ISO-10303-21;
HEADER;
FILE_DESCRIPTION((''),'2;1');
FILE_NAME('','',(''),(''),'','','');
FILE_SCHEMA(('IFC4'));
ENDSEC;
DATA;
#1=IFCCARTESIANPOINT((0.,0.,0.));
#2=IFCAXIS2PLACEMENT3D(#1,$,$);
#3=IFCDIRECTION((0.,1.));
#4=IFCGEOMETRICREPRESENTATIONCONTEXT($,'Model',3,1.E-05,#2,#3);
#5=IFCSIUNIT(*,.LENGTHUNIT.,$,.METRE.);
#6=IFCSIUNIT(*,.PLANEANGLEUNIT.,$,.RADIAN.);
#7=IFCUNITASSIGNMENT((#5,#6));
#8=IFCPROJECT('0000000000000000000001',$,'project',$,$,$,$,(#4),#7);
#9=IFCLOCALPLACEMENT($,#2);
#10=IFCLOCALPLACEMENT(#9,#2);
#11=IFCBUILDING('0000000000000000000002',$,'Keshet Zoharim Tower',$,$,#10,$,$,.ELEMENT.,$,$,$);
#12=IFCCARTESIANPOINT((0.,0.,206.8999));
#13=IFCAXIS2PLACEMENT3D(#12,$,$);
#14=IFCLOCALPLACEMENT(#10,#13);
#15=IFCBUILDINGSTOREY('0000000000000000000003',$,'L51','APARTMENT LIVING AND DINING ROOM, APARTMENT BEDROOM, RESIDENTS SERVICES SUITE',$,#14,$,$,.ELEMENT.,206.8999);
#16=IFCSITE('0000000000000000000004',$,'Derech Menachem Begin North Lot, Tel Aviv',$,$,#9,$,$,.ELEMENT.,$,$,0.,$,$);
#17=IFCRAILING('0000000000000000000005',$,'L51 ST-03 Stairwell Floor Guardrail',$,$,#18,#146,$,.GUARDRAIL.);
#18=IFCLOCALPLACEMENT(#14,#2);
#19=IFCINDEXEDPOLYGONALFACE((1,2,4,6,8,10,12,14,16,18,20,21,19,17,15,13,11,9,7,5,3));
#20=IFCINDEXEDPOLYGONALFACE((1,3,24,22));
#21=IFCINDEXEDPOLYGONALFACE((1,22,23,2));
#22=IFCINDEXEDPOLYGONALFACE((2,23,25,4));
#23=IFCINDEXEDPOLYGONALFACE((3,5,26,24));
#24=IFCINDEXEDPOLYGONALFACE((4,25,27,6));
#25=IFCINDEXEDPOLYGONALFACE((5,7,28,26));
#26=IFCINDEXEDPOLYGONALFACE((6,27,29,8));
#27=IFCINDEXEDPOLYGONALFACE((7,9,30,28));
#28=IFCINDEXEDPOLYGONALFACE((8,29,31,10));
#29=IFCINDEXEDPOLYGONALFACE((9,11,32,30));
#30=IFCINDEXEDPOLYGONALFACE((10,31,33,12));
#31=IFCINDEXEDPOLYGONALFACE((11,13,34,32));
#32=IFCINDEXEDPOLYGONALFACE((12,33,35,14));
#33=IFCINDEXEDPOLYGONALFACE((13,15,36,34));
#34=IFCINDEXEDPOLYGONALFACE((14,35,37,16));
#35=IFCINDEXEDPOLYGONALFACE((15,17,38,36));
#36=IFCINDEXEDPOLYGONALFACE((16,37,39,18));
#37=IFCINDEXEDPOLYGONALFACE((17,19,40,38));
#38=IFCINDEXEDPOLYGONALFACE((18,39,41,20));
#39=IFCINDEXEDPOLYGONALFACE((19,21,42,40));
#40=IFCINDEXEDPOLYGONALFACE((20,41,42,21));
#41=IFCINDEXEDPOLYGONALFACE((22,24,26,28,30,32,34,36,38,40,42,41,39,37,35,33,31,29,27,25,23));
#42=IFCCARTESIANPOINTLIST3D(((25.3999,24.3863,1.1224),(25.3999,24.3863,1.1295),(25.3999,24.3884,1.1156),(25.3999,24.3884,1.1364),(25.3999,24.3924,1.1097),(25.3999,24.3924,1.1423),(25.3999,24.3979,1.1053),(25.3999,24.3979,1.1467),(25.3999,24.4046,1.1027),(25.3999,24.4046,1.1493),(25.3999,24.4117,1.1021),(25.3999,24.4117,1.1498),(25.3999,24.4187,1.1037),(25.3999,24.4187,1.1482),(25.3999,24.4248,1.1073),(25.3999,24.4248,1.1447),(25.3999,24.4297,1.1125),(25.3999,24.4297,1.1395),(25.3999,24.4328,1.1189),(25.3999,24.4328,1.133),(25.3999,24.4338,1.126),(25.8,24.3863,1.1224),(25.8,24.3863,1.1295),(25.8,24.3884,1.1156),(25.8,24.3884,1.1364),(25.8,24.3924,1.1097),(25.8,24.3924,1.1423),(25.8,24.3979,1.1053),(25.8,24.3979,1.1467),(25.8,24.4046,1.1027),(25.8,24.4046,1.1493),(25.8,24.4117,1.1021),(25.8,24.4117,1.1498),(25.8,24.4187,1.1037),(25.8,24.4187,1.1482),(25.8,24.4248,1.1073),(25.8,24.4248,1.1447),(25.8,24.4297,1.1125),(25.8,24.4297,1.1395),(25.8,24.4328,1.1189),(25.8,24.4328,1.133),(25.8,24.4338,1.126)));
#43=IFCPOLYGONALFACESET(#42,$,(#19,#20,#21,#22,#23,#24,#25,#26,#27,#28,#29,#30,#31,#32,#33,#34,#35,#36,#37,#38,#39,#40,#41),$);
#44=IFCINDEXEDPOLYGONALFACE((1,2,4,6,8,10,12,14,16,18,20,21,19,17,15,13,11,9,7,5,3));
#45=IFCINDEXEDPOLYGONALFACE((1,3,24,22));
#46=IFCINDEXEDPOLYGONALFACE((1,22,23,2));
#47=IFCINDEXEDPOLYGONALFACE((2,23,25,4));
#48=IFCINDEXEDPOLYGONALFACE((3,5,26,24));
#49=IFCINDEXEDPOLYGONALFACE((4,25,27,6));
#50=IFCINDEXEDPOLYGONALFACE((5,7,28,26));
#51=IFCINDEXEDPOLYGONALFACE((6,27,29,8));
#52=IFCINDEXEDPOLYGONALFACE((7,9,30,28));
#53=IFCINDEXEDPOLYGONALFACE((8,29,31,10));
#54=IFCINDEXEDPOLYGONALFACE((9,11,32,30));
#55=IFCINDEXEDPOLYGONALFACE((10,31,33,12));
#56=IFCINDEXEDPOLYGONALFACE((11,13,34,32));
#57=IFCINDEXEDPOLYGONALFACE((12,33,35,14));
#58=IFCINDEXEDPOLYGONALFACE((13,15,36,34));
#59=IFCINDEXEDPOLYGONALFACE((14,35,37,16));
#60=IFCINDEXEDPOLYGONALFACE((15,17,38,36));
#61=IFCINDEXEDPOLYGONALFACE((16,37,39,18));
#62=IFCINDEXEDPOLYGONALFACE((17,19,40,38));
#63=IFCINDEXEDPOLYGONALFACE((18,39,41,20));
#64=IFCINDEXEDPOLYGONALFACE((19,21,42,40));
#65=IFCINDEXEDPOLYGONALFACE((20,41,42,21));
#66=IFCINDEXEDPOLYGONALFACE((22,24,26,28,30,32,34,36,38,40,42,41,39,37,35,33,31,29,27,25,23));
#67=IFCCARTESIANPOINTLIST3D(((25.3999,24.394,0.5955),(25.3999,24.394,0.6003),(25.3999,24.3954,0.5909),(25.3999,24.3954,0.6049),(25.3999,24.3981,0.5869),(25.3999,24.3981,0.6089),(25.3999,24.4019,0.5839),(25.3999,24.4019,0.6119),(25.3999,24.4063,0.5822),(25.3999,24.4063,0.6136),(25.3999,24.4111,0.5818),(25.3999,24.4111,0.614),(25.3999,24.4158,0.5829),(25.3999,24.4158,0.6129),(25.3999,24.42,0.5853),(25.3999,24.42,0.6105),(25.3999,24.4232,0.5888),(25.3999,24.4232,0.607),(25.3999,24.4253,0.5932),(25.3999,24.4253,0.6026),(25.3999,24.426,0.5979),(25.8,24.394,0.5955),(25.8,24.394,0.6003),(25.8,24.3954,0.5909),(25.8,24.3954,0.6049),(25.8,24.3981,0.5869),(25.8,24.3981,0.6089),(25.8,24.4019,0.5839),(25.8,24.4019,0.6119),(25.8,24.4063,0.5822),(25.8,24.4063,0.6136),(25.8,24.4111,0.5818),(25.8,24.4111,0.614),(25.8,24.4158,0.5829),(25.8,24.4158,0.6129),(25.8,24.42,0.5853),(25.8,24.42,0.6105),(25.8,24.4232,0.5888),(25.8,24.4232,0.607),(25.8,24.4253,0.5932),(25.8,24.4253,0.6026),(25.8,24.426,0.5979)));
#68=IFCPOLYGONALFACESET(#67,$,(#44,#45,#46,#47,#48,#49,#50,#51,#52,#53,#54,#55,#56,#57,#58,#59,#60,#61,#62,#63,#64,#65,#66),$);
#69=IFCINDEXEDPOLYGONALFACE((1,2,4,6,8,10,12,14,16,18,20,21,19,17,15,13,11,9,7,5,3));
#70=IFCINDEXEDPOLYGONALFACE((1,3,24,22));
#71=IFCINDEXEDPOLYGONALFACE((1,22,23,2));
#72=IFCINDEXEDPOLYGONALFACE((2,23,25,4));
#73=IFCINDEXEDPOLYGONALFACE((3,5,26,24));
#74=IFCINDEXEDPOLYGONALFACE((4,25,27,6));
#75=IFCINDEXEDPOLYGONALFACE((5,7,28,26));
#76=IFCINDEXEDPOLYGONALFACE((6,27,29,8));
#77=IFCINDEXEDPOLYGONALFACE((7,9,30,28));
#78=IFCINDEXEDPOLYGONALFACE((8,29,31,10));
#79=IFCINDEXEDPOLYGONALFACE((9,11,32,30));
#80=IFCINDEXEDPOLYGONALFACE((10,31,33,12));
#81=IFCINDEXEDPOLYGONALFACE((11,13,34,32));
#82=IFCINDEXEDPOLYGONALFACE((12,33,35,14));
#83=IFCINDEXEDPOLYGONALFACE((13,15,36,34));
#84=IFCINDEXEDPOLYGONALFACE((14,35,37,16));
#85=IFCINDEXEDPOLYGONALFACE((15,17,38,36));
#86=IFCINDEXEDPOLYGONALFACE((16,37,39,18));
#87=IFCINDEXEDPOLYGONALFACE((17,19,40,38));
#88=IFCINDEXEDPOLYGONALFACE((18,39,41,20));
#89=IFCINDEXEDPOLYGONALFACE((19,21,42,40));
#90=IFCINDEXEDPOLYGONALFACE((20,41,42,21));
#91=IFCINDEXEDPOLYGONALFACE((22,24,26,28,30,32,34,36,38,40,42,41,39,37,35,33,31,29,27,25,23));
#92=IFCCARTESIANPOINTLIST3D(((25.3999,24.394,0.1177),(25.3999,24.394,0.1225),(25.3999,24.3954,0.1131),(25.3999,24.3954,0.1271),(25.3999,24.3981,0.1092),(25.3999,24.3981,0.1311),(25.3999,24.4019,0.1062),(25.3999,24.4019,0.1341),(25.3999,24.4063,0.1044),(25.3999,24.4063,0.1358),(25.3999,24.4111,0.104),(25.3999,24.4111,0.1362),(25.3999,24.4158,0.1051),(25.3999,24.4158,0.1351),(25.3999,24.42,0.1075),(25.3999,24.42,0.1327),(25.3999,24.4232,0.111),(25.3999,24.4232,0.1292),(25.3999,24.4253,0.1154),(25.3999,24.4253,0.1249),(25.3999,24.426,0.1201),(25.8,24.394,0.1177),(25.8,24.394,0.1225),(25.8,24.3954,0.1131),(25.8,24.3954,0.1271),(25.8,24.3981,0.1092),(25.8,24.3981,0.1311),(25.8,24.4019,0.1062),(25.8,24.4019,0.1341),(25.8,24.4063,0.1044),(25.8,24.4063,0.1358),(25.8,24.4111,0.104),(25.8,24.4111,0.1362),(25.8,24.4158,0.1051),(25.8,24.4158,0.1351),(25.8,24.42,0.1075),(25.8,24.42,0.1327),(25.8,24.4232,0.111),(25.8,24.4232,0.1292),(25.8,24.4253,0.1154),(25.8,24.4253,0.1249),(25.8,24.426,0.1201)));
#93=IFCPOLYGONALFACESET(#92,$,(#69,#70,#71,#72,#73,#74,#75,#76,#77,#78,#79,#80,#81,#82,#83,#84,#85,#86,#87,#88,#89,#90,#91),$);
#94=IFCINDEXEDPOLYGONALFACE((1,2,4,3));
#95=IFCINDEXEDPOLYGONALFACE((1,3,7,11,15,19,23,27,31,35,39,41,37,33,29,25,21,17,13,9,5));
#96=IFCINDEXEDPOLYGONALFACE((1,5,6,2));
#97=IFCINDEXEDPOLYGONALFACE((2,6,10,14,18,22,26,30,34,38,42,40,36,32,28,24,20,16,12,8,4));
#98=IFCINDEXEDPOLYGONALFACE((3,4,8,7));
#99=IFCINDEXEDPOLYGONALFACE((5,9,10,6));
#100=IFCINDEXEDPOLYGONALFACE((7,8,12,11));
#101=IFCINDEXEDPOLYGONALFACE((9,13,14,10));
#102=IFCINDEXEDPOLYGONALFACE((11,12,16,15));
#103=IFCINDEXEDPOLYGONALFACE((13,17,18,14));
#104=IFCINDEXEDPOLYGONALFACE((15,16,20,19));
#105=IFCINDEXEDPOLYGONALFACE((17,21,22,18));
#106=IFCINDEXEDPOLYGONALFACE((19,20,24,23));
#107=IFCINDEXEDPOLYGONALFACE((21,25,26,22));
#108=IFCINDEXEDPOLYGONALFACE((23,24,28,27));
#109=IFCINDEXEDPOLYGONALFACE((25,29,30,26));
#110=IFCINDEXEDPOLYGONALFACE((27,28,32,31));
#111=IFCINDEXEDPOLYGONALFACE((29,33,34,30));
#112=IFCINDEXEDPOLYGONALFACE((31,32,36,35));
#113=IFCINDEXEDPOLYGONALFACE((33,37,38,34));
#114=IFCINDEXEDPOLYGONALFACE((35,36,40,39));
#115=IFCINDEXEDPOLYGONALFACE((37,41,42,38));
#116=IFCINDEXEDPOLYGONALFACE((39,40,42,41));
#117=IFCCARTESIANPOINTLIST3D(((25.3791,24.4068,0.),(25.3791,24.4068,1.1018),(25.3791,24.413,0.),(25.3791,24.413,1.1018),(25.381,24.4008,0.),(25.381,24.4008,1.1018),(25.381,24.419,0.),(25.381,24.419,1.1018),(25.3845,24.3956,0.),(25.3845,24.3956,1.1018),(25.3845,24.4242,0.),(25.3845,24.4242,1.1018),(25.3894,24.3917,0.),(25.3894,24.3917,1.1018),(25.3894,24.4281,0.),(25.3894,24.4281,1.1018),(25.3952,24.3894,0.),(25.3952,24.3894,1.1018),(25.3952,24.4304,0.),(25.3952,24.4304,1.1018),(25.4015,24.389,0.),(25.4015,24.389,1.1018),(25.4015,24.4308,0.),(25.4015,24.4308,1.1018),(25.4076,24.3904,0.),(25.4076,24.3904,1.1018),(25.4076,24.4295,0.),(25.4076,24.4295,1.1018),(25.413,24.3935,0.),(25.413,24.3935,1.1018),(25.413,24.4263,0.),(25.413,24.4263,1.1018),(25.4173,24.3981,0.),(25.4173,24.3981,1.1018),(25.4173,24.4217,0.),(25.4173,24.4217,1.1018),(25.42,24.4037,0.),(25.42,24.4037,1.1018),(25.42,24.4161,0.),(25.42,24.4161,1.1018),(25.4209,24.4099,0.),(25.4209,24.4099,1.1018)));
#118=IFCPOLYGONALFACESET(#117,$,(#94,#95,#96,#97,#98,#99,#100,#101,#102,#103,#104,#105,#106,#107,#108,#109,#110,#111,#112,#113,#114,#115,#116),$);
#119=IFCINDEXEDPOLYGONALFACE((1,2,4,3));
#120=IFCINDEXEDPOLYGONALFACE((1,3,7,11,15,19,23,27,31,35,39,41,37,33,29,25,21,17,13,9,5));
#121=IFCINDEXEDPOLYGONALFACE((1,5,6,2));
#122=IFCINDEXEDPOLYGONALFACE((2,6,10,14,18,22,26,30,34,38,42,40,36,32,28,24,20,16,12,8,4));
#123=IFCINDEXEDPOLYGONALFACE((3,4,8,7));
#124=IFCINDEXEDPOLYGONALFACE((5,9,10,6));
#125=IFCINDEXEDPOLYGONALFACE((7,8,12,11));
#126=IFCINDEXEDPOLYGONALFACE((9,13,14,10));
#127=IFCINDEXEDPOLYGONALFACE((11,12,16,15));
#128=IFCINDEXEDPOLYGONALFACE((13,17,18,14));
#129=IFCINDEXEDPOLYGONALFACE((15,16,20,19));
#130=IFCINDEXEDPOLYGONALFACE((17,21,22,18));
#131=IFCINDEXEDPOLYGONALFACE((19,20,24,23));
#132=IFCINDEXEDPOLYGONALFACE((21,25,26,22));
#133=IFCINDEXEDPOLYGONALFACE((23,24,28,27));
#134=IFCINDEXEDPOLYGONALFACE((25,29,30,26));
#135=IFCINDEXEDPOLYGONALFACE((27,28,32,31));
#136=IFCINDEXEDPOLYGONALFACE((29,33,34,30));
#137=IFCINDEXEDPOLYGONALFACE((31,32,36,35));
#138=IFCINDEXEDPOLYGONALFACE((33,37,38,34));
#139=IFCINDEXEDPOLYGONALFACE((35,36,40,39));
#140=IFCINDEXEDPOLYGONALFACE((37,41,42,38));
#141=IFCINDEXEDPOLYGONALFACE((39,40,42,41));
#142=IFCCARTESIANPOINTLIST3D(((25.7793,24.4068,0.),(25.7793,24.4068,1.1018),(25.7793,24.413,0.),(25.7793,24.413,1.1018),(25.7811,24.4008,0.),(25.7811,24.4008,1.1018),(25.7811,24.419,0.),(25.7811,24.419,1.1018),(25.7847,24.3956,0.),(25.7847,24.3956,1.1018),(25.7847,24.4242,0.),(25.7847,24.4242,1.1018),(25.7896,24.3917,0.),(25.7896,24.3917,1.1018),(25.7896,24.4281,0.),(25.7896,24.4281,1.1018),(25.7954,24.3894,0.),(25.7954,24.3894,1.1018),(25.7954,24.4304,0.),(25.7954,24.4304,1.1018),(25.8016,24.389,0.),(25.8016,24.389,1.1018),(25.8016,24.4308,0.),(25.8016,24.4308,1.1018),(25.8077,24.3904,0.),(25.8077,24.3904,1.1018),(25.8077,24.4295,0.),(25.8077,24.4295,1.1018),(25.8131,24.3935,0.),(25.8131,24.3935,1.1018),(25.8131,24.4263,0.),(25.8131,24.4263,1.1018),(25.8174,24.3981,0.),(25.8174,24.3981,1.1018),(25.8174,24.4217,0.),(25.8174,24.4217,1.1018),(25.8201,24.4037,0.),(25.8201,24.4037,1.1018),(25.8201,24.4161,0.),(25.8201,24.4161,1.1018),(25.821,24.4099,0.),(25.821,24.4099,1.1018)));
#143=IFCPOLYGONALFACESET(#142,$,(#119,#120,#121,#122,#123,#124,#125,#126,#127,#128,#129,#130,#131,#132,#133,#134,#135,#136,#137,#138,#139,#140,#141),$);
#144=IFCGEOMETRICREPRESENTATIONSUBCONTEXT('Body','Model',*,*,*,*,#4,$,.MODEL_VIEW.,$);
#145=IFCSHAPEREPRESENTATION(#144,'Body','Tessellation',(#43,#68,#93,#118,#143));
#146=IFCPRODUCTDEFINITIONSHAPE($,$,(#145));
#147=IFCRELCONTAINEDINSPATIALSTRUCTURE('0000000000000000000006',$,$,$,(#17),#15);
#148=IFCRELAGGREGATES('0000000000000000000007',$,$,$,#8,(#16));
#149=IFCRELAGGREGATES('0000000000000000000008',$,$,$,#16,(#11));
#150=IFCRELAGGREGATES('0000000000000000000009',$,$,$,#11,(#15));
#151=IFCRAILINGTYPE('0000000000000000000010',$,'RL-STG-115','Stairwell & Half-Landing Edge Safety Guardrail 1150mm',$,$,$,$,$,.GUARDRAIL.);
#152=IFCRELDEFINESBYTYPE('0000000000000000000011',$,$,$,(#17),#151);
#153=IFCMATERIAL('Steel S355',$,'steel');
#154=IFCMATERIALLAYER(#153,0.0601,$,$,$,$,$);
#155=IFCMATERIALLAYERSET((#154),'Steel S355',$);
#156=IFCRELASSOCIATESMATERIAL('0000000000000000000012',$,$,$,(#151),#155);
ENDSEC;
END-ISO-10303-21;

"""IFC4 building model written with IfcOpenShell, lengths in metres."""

from ifc_helpers import new_model, si_unit, direction, frame, origin, origin_2d, place, context, subcontext, project, spatial, circle, extrude, material, layer, layer_set, type_object, element, save


model = new_model("IFC4")

# Units and contexts
model_context = context("Model", 3, precision=1e-05, world=origin(), true_north=direction((0.0, 1.0)))
body_context = subcontext(model_context, "Body", "Model", "MODEL_VIEW")
ifc_project = project(units=[si_unit("LENGTHUNIT", "METRE"), si_unit("PLANEANGLEUNIT", "RADIAN")], contexts=[model_context])

# Site, building, storey
site_placement = place(None, origin())
site = spatial("IfcSite", under=ifc_project, at=site_placement, Name="Derech Menachem Begin North Lot, Tel Aviv", CompositionType="ELEMENT", RefElevation=0.0)
building_placement = place(site_placement, origin())
building = spatial("IfcBuilding", under=site, at=building_placement, Name="Keshet Zoharim Tower", CompositionType="ELEMENT")
storey_placement = place(building_placement, frame((0.0, 0.0, 206.8999)))
storey = spatial("IfcBuildingStorey", under=building, at=storey_placement, Name="L51", Description="APARTMENT LIVING AND DINING ROOM, APARTMENT BEDROOM, RESIDENTS SERVICES SUITE", CompositionType="ELEMENT", Elevation=206.8999)

# Railing
ifc_material_1 = material(Name="Steel S355", Category="steel")
ifc_layer_1 = layer(ifc_material_1, 0.0601)
ifc_layer_set_1 = layer_set([ifc_layer_1], Name="Steel S355")
railing_type_1 = type_object("IfcRailingType", Name="RL-STG-115", Description="Stairwell & Half-Landing Edge Safety Guardrail 1150mm", PredefinedType="GUARDRAIL", material=ifc_layer_set_1)
railing_1_placement = place(storey_placement, frame((25.3999, 24.4099, 0.0)))
element("IfcRailing", 1, at=railing_1_placement, inside=storey, type_object=railing_type_1, Name="L51 ST-03 Stairwell Floor Guardrail", PredefinedType="GUARDRAIL", context=body_context, shape_type="SweptSolid", body=[
    extrude(circle(Radius=0.0239, at=origin_2d()), frame((0.0, 0.0, 1.126), z_axis=(1.0, 0.0, 0.0), x_axis=(0.0, 1.0, 0.0)), (0.0, 0.0, 1.0), 0.4001),
    extrude(circle(Radius=0.0161, at=origin_2d()), frame((0.0, 0.0, 0.5979), z_axis=(1.0, 0.0, 0.0), x_axis=(0.0, 1.0, 0.0)), (0.0, 0.0, 1.0), 0.4001),
    extrude(circle(Radius=0.0161, at=origin_2d()), frame((0.0, 0.0, 0.1201), z_axis=(1.0, 0.0, 0.0), x_axis=(0.0, 1.0, 0.0)), (0.0, 0.0, 1.0), 0.4001),
    extrude(circle(Radius=0.021, at=origin_2d()), origin(), (0.0, 0.0, 1.0), 1.1018),
    extrude(circle(Radius=0.021, at=origin_2d()), frame((0.4001, 0.0, 0.0)), (0.0, 0.0, 1.0), 1.1018),
])

save(model, "model.ifc")
